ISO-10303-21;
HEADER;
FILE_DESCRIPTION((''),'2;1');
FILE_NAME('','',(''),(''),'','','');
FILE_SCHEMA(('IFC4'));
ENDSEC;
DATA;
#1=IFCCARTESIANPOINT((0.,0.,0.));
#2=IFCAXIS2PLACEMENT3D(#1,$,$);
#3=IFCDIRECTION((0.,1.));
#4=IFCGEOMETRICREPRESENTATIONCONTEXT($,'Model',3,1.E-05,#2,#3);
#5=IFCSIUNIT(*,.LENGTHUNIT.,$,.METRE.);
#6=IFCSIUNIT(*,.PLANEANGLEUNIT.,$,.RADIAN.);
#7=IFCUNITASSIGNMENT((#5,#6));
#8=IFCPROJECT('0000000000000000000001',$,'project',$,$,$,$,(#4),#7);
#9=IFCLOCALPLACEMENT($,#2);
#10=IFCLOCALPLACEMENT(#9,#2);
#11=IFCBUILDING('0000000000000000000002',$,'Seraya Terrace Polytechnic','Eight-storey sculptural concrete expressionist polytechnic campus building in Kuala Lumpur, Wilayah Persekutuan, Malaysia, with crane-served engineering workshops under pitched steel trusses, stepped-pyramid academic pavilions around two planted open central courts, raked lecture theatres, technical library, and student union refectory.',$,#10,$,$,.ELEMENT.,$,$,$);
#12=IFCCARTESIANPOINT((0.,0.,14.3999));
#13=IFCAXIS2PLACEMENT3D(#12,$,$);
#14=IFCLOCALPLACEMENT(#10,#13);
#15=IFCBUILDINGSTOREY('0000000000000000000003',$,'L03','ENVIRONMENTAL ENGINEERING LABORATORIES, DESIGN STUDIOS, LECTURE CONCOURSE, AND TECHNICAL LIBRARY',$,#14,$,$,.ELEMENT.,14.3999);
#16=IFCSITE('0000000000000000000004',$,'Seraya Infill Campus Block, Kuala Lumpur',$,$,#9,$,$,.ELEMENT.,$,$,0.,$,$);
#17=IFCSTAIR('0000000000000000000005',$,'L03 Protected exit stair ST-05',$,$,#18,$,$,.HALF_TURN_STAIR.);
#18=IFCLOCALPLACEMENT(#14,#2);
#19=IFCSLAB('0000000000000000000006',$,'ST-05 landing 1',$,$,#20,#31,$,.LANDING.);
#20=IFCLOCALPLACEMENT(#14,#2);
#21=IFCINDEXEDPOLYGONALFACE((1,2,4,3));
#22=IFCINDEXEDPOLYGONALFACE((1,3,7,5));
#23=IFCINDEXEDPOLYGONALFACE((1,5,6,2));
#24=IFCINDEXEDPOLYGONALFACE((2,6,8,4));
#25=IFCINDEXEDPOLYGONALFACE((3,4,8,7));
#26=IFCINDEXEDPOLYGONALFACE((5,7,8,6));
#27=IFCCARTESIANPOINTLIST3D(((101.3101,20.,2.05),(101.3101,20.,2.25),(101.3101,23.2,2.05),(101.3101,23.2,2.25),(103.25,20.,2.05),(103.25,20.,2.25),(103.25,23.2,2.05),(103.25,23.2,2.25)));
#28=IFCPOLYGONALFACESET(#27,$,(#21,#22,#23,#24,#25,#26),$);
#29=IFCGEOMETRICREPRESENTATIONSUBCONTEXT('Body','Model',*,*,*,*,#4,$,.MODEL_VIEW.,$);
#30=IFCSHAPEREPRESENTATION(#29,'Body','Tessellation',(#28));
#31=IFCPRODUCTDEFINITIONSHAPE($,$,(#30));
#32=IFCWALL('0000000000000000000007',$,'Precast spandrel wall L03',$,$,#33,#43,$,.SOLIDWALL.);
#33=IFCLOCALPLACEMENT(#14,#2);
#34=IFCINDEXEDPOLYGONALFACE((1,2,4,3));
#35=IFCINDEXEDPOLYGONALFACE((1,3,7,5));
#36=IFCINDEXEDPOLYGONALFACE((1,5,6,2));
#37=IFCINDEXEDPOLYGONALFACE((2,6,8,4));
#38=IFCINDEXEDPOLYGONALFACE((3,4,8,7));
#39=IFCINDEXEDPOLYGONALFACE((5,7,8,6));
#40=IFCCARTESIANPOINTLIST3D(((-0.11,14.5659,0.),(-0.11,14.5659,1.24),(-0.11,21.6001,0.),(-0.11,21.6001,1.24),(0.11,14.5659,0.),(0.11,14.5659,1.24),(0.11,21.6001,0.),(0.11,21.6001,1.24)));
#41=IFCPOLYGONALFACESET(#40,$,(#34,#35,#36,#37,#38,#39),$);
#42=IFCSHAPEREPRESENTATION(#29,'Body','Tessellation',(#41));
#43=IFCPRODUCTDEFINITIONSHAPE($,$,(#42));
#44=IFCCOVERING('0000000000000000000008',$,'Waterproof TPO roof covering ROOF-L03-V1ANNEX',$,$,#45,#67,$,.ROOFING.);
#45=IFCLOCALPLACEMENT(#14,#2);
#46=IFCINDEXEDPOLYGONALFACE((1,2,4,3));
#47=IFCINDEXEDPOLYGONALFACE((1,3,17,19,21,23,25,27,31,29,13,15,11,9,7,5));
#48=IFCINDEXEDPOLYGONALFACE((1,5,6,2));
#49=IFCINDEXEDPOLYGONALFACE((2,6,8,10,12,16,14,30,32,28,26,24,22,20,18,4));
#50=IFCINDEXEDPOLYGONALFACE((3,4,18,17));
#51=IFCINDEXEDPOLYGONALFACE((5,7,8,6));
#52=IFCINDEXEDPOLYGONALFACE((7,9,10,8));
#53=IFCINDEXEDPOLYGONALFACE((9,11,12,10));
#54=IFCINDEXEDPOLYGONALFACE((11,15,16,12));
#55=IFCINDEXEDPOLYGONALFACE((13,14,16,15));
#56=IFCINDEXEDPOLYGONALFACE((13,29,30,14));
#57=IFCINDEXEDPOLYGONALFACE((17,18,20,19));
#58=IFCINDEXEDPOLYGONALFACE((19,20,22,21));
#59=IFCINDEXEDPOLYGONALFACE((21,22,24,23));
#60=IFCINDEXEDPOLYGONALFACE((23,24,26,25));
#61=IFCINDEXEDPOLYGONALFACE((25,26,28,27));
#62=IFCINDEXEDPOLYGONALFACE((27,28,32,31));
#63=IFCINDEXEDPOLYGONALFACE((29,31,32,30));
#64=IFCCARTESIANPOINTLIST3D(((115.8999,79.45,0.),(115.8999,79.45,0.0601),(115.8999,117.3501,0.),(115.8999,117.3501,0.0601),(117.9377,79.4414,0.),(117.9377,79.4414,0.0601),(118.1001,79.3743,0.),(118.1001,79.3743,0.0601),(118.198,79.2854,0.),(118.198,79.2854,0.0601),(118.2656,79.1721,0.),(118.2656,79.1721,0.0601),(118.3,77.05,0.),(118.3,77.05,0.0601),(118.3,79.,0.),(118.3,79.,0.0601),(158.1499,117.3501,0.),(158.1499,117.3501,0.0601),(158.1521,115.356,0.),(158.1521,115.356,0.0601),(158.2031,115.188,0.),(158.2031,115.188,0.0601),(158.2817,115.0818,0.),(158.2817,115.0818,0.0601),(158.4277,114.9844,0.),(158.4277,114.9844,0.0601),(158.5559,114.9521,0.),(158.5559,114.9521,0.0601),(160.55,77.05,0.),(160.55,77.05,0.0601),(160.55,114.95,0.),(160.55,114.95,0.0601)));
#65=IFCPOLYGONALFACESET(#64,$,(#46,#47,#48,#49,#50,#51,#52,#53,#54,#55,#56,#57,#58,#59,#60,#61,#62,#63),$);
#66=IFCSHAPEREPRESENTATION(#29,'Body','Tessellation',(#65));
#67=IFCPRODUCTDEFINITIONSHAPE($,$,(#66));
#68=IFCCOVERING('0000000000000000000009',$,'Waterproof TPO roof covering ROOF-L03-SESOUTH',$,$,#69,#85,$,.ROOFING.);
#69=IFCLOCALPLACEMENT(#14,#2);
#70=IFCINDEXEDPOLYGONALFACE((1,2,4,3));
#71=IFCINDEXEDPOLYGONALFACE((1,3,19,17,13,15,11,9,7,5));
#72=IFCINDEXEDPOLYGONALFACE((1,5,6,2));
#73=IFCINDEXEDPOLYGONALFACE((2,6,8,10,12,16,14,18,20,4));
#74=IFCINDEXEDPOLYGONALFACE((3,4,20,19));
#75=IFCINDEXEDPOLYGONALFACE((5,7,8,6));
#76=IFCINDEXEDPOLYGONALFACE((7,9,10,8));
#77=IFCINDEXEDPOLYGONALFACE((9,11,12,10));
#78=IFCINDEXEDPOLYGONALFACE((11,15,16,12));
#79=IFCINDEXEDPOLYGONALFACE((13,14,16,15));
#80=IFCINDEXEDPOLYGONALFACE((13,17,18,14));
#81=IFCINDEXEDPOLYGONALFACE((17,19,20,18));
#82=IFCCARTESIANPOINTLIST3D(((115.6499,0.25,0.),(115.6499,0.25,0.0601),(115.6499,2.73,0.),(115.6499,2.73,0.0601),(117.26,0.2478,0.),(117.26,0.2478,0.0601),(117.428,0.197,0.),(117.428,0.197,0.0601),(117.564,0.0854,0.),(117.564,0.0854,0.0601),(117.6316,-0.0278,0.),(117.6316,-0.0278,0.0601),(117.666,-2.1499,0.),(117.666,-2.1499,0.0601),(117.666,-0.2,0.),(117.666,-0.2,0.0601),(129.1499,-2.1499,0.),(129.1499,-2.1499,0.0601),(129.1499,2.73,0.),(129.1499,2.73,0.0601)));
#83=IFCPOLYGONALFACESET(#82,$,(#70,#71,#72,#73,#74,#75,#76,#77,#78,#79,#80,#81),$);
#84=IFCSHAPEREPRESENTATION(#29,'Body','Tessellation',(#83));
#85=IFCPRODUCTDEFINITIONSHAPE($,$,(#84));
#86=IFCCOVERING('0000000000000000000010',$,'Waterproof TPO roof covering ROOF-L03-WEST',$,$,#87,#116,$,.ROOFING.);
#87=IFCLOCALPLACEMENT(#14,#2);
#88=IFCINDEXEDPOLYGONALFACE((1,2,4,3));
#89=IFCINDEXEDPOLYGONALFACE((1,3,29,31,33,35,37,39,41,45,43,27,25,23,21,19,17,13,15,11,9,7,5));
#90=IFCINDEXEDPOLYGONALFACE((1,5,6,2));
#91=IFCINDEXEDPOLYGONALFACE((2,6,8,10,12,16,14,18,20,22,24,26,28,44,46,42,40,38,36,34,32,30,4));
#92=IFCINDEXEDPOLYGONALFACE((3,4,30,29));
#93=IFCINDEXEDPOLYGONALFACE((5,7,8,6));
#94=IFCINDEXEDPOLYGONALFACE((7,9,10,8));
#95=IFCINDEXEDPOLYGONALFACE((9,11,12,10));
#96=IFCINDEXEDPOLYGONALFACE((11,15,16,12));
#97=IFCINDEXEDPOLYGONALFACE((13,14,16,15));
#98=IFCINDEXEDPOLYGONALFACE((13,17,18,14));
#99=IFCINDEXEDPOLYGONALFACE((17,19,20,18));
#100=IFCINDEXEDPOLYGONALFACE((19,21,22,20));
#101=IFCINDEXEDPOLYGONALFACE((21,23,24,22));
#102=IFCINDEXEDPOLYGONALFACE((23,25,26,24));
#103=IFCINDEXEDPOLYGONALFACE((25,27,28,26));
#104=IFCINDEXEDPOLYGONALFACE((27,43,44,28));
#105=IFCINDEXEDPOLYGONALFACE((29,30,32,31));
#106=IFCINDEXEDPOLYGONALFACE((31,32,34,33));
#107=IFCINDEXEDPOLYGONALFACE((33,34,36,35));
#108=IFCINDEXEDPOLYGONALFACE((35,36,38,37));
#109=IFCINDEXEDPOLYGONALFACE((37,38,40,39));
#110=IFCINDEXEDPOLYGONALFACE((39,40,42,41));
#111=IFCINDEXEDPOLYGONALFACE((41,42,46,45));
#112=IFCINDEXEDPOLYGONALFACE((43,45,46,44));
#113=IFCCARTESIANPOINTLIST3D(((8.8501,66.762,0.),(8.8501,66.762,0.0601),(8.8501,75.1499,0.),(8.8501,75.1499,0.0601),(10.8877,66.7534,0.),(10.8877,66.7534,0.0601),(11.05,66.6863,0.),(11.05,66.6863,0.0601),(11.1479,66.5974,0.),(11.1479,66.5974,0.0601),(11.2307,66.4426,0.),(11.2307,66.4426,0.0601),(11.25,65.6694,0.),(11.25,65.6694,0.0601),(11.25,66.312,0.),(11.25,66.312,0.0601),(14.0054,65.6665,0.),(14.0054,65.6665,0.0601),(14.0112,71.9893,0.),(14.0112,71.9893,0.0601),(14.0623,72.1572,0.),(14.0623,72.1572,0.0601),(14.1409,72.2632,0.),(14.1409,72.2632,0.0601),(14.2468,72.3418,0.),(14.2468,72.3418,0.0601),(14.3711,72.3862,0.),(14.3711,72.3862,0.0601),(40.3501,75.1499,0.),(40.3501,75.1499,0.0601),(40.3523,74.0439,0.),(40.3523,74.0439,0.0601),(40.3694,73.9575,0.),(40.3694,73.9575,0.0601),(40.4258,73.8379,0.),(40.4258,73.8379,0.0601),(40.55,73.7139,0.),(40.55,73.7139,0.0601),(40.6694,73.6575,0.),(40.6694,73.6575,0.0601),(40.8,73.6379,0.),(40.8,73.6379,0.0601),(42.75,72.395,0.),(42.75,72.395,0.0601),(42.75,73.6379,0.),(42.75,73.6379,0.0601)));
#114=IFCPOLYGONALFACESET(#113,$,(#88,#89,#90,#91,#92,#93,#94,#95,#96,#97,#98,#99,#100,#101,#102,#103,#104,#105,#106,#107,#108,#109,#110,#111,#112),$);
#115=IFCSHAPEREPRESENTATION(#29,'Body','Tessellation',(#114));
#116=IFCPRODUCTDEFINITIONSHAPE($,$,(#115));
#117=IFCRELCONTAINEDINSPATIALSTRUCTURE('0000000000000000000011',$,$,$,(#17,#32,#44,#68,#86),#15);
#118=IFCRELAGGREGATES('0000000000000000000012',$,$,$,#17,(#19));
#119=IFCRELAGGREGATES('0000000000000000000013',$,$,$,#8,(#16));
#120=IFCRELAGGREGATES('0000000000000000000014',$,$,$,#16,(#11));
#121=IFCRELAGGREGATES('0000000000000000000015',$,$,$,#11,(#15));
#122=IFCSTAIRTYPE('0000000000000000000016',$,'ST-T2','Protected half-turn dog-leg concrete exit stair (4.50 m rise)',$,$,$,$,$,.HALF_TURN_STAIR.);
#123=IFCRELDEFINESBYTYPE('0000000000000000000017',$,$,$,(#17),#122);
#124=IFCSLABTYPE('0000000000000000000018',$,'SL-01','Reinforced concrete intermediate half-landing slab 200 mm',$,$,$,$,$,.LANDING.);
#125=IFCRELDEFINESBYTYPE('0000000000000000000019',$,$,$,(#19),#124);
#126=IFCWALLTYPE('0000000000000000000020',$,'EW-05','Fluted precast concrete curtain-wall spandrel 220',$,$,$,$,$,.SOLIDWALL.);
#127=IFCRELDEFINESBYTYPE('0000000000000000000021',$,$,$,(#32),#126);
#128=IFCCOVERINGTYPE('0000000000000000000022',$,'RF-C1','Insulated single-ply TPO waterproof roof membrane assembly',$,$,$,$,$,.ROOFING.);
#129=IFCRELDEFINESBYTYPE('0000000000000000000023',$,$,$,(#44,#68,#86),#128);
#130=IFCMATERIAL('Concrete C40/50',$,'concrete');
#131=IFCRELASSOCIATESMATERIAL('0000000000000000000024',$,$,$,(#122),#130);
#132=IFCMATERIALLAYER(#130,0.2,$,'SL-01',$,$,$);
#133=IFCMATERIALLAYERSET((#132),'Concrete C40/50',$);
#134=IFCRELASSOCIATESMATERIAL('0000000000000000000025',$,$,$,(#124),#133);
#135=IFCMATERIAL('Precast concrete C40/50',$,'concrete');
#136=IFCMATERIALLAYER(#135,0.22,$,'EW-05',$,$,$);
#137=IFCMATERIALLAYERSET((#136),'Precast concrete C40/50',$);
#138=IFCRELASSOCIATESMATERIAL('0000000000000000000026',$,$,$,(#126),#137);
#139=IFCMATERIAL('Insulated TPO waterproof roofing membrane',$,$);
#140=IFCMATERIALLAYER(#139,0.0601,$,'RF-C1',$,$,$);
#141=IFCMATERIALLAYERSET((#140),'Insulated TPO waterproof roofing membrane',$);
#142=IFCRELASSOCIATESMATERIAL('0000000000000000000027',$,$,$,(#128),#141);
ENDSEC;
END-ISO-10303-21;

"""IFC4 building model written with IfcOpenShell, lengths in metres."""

from ifc_helpers import new_model, si_unit, direction, frame, frame_2d, origin, place, context, subcontext, project, spatial, polyline, rectangle, outline, extrude, material, layer, layer_set, type_object, element, aggregate, save


model = new_model("IFC4")

# Units and contexts
model_context = context("Model", 3, precision=1e-05, world=origin(), true_north=direction((0.0, 1.0)))
body_context = subcontext(model_context, "Body", "Model", "MODEL_VIEW")
ifc_project = project(units=[si_unit("LENGTHUNIT", "METRE"), si_unit("PLANEANGLEUNIT", "RADIAN")], contexts=[model_context])

# Site, building, storey
site_placement = place(None, origin())
site = spatial("IfcSite", under=ifc_project, at=site_placement, Name="Seraya Infill Campus Block, Kuala Lumpur", CompositionType="ELEMENT", RefElevation=0.0)
building_placement = place(site_placement, origin())
building = spatial("IfcBuilding", under=site, at=building_placement, Name="Seraya Terrace Polytechnic", Description="Eight-storey sculptural concrete expressionist polytechnic campus building in Kuala Lumpur, Wilayah Persekutuan, Malaysia, with crane-served engineering workshops under pitched steel trusses, stepped-pyramid academic pavilions around two planted open central courts, raked lecture theatres, technical library, and student union refectory.", CompositionType="ELEMENT")
storey_placement = place(building_placement, frame((0.0, 0.0, 14.3999)))
storey = spatial("IfcBuildingStorey", under=building, at=storey_placement, Name="L03", Description="ENVIRONMENTAL ENGINEERING LABORATORIES, DESIGN STUDIOS, LECTURE CONCOURSE, AND TECHNICAL LIBRARY", CompositionType="ELEMENT", Elevation=14.3999)

# Shared definitions
ifc_material_1 = material(Name="Concrete C40/50", Category="concrete")

# Stair, slab
stair_type = type_object("IfcStairType", Name="ST-T2", Description="Protected half-turn dog-leg concrete exit stair (4.50 m rise)", PredefinedType="HALF_TURN_STAIR", material=ifc_material_1)
ifc_layer_1 = layer(ifc_material_1, 0.2, Name="SL-01")
ifc_layer_set_1 = layer_set([ifc_layer_1], Name="Concrete C40/50")
slab_type_1 = type_object("IfcSlabType", Name="SL-01", Description="Reinforced concrete intermediate half-landing slab 200 mm", PredefinedType="LANDING", material=ifc_layer_set_1)
stair_1_placement = place(storey_placement, origin())
stair_1 = element("IfcStair", 1, at=stair_1_placement, inside=storey, type_object=stair_type, Name="L03 Protected exit stair ST-05", PredefinedType="HALF_TURN_STAIR")
slab_1_placement = place(storey_placement, frame((0.0, 0.0, 2.05)))
slab_1 = element("IfcSlab", 2, at=slab_1_placement, type_object=slab_type_1, Name="ST-05 landing 1", PredefinedType="LANDING", context=body_context, shape_type="SweptSolid", body=[
    extrude(outline(polyline([(101.3101, 20.0), (103.25, 20.0), (103.25, 23.2), (101.3101, 23.2), (101.3101, 20.0)])), origin(), (0.0, 0.0, 1.0), 0.2),
])
aggregate(stair_1, [slab_1])

# Wall
ifc_material_2 = material(Name="Precast concrete C40/50", Category="concrete")
ifc_layer_2 = layer(ifc_material_2, 0.22, Name="EW-05")
ifc_layer_set_2 = layer_set([ifc_layer_2], Name="Precast concrete C40/50")
wall_type = type_object("IfcWallType", Name="EW-05", Description="Fluted precast concrete curtain-wall spandrel 220", PredefinedType="SOLIDWALL", material=ifc_layer_set_2)
wall_placement = place(storey_placement, frame((0.0, 14.5659, 0.0), z_axis=(0.0, 0.0, 1.0), x_axis=(0.0, 1.0, 0.0)))
element("IfcWall", 3, at=wall_placement, inside=storey, type_object=wall_type, Name="Precast spandrel wall L03", PredefinedType="SOLIDWALL", context=body_context, shape_type="SweptSolid", body=[
    extrude(rectangle(XDim=7.0342, YDim=0.22, at=frame_2d((3.5171, 0.0))), origin(), (0.0, 0.0, 1.0), 1.24),
])

# Coverings
ifc_material_3 = material(Name="Insulated TPO waterproof roofing membrane")
ifc_layer_3 = layer(ifc_material_3, 0.0601, Name="RF-C1")
ifc_layer_set_3 = layer_set([ifc_layer_3], Name="Insulated TPO waterproof roofing membrane")
covering_type = type_object("IfcCoveringType", Name="RF-C1", Description="Insulated single-ply TPO waterproof roof membrane assembly", PredefinedType="ROOFING", material=ifc_layer_set_3)
covering_1_placement = place(storey_placement, origin())
element("IfcCovering", 4, at=covering_1_placement, inside=storey, type_object=covering_type, Name="Waterproof TPO roof covering ROOF-L03-V1ANNEX", PredefinedType="ROOFING", context=body_context, shape_type="SweptSolid", body=[
    extrude(outline(polyline([(118.3, 79.0), (118.2656, 79.1721), (118.198, 79.2854), (118.1001, 79.3743), (117.9377, 79.4414), (115.8999, 79.45), (115.8999, 117.3501), (158.1499, 117.3501), (158.1521, 115.356), (158.2031, 115.188), (158.2817, 115.0818), (158.4277, 114.9844), (158.5559, 114.9521), (160.55, 114.95), (160.55, 77.05), (118.3, 77.05), (118.3, 79.0)])), origin(), (0.0, 0.0, 1.0), 0.0601),
])
covering_2_placement = place(storey_placement, origin())
element("IfcCovering", 5, at=covering_2_placement, inside=storey, type_object=covering_type, Name="Waterproof TPO roof covering ROOF-L03-SESOUTH", PredefinedType="ROOFING", context=body_context, shape_type="SweptSolid", body=[
    extrude(outline(polyline([(129.1499, -2.1499), (117.666, -2.1499), (117.666, -0.2), (117.6316, -0.0278), (117.564, 0.0854), (117.428, 0.197), (117.26, 0.2478), (115.6499, 0.25), (115.6499, 2.73), (129.1499, 2.73), (129.1499, -2.1499)])), origin(), (0.0, 0.0, 1.0), 0.0601),
])
covering_3_placement = place(storey_placement, origin())
element("IfcCovering", 6, at=covering_3_placement, inside=storey, type_object=covering_type, Name="Waterproof TPO roof covering ROOF-L03-WEST", PredefinedType="ROOFING", context=body_context, shape_type="SweptSolid", body=[
    extrude(outline(polyline([(11.25, 66.312), (11.2307, 66.4426), (11.1479, 66.5974), (11.05, 66.6863), (10.8877, 66.7534), (8.8501, 66.762), (8.8501, 75.1499), (40.3501, 75.1499), (40.3523, 74.0439), (40.3694, 73.9575), (40.4258, 73.8379), (40.55, 73.7139), (40.6694, 73.6575), (40.8, 73.6379), (42.75, 73.6379), (42.75, 72.395), (14.3711, 72.3862), (14.2468, 72.3418), (14.1409, 72.2632), (14.0623, 72.1572), (14.0112, 71.9893), (14.0054, 65.6665), (11.25, 65.6694), (11.25, 66.312)])), origin(), (0.0, 0.0, 1.0), 0.0601),
])

save(model, "model.ifc")
